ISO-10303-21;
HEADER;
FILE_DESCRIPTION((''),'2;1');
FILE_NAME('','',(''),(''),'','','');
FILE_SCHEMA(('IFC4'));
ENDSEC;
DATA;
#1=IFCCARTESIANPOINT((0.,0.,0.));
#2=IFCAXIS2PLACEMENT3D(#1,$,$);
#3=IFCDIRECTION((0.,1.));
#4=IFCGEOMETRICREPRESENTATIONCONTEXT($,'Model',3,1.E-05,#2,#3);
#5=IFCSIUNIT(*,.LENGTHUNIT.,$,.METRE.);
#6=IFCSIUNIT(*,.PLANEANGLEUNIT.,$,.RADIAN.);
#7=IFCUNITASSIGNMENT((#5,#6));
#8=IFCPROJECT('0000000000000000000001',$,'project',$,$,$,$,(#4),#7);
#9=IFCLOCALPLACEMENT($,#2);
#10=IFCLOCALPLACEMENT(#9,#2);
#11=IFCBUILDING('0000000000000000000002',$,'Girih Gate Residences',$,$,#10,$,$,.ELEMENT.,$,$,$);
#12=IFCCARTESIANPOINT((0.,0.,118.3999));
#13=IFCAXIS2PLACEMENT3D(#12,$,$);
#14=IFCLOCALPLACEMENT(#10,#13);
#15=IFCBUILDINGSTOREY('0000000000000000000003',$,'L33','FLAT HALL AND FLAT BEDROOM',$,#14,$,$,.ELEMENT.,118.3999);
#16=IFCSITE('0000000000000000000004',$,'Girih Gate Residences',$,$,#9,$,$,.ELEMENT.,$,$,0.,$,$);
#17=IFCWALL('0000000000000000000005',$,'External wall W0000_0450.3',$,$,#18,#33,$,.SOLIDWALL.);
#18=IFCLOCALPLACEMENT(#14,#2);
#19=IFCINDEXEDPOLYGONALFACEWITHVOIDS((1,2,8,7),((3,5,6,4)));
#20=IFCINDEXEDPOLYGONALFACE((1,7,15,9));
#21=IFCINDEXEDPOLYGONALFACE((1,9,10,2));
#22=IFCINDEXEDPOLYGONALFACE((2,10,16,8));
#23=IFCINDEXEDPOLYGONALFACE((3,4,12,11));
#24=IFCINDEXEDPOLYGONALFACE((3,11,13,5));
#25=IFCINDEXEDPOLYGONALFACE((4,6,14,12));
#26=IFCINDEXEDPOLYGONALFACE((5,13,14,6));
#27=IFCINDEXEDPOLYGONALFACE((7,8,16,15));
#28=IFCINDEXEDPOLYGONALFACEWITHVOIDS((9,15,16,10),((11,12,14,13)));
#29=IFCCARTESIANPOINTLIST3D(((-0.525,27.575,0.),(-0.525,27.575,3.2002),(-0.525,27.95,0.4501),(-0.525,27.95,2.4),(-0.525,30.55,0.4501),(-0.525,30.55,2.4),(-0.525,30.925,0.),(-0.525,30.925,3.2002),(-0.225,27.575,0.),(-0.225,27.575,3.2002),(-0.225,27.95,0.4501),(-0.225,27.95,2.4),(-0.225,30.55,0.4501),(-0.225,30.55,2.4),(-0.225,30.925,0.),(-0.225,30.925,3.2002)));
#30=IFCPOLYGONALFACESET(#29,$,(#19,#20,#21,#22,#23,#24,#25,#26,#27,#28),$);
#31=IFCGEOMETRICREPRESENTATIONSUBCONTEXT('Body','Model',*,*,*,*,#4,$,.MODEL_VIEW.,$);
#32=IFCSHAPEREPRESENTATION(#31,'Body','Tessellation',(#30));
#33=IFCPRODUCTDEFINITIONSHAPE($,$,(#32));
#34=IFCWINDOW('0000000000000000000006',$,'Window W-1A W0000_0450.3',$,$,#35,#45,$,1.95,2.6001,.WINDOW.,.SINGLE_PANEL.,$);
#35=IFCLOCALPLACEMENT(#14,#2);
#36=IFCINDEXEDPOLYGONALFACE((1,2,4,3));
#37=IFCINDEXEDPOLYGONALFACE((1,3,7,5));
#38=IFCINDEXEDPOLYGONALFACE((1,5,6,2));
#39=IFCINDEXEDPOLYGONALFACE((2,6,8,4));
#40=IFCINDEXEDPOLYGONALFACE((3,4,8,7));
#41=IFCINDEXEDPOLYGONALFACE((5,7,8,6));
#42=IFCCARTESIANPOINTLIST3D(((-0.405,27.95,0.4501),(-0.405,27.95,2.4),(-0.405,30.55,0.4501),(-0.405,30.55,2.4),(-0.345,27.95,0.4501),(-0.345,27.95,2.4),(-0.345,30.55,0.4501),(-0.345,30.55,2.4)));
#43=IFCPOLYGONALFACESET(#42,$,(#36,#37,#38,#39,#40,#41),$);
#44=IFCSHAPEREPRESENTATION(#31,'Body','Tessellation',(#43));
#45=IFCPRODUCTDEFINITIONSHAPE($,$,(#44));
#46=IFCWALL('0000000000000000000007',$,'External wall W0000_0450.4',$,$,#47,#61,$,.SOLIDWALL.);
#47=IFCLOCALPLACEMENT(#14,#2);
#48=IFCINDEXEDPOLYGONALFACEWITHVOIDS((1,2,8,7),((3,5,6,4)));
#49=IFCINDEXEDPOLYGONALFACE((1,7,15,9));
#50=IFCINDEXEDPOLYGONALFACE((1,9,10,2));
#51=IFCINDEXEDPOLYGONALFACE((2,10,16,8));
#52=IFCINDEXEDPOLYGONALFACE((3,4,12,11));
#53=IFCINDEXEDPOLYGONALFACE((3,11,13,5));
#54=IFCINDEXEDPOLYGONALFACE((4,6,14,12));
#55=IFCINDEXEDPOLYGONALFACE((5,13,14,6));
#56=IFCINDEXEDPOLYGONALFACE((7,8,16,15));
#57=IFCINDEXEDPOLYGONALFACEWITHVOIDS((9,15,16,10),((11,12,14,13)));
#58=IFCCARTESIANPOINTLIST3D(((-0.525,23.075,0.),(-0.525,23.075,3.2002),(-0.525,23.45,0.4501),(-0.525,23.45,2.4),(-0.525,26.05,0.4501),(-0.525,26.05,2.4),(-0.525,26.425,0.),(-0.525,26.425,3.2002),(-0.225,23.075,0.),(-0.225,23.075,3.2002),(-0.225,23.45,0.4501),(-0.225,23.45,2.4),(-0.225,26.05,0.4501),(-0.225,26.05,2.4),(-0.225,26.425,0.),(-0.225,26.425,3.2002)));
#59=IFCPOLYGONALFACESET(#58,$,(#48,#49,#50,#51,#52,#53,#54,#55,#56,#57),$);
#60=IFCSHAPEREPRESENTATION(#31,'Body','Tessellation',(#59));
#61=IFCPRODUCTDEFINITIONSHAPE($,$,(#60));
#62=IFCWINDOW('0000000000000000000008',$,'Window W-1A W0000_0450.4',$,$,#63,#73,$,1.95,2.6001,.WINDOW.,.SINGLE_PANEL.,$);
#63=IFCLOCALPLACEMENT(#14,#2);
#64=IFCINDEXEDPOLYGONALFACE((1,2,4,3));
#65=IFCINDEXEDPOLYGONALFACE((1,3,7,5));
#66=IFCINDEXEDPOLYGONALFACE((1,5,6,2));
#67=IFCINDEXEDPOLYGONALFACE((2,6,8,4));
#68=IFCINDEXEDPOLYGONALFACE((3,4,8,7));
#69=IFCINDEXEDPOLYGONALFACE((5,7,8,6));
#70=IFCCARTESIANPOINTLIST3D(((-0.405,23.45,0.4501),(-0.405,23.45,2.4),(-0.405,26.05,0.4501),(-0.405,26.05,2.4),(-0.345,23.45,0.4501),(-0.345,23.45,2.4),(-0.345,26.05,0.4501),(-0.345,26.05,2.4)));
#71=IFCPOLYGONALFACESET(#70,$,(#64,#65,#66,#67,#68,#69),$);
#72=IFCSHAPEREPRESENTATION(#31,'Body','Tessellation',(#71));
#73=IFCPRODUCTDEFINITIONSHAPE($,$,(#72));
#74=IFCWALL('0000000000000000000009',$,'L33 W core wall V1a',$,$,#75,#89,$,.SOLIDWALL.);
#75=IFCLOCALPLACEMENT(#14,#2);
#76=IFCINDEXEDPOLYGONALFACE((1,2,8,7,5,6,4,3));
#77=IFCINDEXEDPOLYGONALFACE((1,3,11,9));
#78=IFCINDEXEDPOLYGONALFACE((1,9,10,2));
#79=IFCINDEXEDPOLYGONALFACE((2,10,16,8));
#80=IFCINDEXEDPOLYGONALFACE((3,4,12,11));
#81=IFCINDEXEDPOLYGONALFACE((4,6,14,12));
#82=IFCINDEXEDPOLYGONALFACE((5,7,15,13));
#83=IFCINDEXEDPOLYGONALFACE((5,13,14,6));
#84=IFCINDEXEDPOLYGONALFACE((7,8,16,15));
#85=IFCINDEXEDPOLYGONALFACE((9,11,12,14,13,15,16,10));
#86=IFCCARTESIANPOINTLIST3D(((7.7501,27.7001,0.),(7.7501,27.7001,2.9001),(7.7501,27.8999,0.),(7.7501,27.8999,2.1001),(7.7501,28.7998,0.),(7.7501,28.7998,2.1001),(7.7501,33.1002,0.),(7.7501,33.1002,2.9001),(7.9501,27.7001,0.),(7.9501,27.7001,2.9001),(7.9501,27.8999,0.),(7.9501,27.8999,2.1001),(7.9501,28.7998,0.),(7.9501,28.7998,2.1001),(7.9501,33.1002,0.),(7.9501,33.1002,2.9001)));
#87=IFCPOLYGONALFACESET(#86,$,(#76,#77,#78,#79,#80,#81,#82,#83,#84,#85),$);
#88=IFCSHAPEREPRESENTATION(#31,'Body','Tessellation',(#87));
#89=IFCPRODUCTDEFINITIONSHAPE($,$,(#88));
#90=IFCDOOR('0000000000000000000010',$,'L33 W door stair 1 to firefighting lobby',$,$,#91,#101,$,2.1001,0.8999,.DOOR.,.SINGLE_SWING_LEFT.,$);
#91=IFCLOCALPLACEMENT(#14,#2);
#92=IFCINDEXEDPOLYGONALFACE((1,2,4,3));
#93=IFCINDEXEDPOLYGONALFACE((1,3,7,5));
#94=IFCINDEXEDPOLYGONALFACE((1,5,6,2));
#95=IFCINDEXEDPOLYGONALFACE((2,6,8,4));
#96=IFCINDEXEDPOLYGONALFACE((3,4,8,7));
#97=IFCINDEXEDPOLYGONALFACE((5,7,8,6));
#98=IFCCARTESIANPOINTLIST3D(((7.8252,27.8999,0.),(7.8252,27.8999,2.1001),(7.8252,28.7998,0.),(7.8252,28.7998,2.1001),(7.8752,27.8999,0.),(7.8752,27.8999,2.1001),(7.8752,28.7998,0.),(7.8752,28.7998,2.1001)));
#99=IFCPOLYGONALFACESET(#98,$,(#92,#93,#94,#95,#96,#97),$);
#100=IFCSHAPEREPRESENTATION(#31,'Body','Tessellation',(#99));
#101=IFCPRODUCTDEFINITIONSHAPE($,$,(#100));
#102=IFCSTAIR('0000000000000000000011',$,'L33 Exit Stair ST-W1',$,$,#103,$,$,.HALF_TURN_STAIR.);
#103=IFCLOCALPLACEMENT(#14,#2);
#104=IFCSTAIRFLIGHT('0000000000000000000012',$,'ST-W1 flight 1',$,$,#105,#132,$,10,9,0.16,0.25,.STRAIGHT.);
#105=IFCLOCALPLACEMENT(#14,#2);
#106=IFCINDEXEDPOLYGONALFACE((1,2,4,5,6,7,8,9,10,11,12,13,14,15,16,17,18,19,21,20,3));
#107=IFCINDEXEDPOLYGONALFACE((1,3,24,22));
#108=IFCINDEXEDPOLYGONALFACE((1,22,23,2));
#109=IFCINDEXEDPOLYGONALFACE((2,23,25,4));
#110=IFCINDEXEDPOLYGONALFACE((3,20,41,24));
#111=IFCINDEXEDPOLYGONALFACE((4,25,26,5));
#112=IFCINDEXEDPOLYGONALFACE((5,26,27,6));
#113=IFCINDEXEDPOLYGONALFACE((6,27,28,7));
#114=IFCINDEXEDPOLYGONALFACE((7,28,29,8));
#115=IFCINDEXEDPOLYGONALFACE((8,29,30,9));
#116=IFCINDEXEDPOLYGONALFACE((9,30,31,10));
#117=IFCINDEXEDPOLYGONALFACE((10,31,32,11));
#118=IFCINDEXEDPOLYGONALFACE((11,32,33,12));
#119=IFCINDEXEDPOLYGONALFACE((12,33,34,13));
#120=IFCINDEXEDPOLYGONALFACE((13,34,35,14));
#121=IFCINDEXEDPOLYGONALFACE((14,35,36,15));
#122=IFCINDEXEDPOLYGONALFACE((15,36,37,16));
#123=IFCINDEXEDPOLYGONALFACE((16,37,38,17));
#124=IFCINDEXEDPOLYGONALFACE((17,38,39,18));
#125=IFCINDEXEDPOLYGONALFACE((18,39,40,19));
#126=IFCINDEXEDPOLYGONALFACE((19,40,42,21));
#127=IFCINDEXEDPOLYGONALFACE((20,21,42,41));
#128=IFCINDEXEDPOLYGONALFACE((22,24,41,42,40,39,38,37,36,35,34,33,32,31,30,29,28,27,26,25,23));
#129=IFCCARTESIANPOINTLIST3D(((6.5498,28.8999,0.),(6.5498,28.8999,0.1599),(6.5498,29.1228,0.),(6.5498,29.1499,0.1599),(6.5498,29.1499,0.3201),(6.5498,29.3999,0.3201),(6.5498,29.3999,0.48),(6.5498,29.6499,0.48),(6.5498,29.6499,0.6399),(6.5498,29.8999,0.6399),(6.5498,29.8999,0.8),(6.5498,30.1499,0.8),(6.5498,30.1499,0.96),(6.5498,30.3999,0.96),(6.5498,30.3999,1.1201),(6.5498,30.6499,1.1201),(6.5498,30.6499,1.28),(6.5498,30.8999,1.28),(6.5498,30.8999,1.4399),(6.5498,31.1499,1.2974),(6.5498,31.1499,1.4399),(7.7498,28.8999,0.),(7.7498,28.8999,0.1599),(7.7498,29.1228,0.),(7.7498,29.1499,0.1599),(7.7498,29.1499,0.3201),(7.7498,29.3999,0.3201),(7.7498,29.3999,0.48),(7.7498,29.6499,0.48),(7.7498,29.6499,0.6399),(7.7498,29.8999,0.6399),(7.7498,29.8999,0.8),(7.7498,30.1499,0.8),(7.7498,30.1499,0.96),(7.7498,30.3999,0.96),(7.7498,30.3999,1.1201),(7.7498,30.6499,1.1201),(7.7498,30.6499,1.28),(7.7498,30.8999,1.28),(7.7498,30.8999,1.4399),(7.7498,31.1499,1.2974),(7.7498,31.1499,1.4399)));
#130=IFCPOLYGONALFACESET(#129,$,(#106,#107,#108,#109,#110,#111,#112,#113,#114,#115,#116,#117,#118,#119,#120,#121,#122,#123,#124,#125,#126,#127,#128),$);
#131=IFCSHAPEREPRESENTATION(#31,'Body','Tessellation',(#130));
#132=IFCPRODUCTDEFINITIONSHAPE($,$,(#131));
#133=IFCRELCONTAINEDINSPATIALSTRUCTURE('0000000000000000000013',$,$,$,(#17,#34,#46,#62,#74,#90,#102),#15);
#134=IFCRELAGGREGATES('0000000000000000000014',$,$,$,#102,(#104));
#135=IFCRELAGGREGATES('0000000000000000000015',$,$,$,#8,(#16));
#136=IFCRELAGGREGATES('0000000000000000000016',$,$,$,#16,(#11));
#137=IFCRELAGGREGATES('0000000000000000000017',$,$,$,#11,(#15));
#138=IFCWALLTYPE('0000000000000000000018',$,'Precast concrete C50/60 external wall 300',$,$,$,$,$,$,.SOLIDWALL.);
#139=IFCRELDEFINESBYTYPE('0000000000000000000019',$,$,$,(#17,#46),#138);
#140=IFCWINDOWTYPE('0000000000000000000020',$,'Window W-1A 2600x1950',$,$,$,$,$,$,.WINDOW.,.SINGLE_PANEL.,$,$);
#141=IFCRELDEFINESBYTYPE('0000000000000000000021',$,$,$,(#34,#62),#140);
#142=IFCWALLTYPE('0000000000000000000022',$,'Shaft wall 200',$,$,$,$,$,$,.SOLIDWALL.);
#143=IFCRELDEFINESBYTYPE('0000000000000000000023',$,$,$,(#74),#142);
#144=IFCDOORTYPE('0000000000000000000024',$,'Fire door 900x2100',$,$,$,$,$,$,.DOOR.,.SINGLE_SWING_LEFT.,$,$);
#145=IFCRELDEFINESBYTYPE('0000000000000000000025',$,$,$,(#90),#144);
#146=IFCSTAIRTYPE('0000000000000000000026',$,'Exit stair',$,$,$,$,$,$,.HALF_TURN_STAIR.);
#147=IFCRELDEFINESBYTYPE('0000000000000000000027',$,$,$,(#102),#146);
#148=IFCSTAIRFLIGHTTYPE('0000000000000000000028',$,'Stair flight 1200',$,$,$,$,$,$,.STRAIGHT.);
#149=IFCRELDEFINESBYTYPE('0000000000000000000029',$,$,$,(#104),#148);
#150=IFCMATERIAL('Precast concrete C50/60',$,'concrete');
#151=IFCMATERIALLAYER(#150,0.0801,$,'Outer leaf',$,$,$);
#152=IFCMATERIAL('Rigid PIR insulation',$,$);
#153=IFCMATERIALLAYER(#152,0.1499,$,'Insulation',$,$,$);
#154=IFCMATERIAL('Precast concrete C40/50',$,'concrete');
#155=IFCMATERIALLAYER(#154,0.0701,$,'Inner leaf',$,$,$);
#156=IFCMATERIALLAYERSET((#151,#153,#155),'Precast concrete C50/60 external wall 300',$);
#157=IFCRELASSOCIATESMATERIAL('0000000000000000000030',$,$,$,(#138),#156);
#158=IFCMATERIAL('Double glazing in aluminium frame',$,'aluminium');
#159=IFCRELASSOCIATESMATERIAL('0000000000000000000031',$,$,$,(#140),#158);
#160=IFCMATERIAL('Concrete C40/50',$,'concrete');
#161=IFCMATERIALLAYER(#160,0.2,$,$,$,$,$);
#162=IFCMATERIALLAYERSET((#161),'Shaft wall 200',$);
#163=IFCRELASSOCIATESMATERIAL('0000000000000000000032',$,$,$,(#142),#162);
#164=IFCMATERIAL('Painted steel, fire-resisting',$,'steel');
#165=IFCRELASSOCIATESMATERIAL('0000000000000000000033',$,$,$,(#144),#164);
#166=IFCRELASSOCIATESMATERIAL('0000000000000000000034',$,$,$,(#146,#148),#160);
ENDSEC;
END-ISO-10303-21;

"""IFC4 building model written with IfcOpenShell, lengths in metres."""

from ifc_helpers import new_model, si_unit, direction, frame, frame_2d, origin, place, context, subcontext, project, spatial, polyline, rectangle, outline, extrude, material, layer, layer_set, type_object, element, fill, aggregate, save


model = new_model("IFC4")

# Units and contexts
model_context = context("Model", 3, precision=1e-05, world=origin(), true_north=direction((0.0, 1.0)))
body_context = subcontext(model_context, "Body", "Model", "MODEL_VIEW")
ifc_project = project(units=[si_unit("LENGTHUNIT", "METRE"), si_unit("PLANEANGLEUNIT", "RADIAN")], contexts=[model_context])

# Site, building, storey
site_placement = place(None, origin())
site = spatial("IfcSite", under=ifc_project, at=site_placement, Name="Girih Gate Residences", CompositionType="ELEMENT", RefElevation=0.0)
building_placement = place(site_placement, origin())
building = spatial("IfcBuilding", under=site, at=building_placement, Name="Girih Gate Residences", CompositionType="ELEMENT")
storey_placement = place(building_placement, frame((0.0, 0.0, 118.3999)))
storey = spatial("IfcBuildingStorey", under=building, at=storey_placement, Name="L33", Description="FLAT HALL AND FLAT BEDROOM", CompositionType="ELEMENT", Elevation=118.3999)

# Shared definitions
ifc_material_1 = material(Name="Painted steel, fire-resisting", Category="steel")

# Walls, openings, windows
ifc_material_2 = material(Name="Precast concrete C50/60", Category="concrete")
ifc_layer_1 = layer(ifc_material_2, 0.0801, Name="Outer leaf")
ifc_material_3 = material(Name="Rigid PIR insulation")
ifc_layer_2 = layer(ifc_material_3, 0.1499, Name="Insulation")
ifc_material_4 = material(Name="Precast concrete C40/50", Category="concrete")
ifc_layer_3 = layer(ifc_material_4, 0.0701, Name="Inner leaf")
ifc_layer_set_1 = layer_set([ifc_layer_1, ifc_layer_2, ifc_layer_3], Name="Precast concrete C50/60 external wall 300")
wall_type_1 = type_object("IfcWallType", Name="Precast concrete C50/60 external wall 300", PredefinedType="SOLIDWALL", material=ifc_layer_set_1)
wall_1_placement = place(storey_placement, frame((-0.375, 27.575, 0.0), z_axis=(0.0, 0.0, 1.0), x_axis=(0.0, 1.0, 0.0)))
wall_1 = element("IfcWall", 1, at=wall_1_placement, inside=storey, type_object=wall_type_1, Name="External wall W0000_0450.3", PredefinedType="SOLIDWALL", context=body_context, shape_type="SweptSolid", body=[
    extrude(rectangle(XDim=3.3501, YDim=0.3, at=frame_2d((1.675, 0.0))), origin(), (0.0, 0.0, 1.0), 3.2002),
])
opening_1_placement = place(wall_1_placement, frame((0.375, 0.0, 0.45)))
opening_1 = element("IfcOpeningElement", 2, at=opening_1_placement, cuts=wall_1, PredefinedType="OPENING", context=body_context, shape_type="SweptSolid", body=[
    extrude(rectangle(XDim=2.6001, YDim=1.95, at=frame_2d((1.3, 0.9751))), frame((0.0, 0.1599, 0.0), z_axis=(0.0, -1.0, 0.0), x_axis=(1.0, 0.0, 0.0)), (0.0, 0.0, 1.0), 0.3201),
])
ifc_material_5 = material(Name="Double glazing in aluminium frame", Category="aluminium")
window_type = type_object("IfcWindowType", Name="Window W-1A 2600x1950", PartitioningType="SINGLE_PANEL", PredefinedType="WINDOW", material=ifc_material_5)
window_1_placement = place(opening_1_placement, origin())
window_1 = element("IfcWindow", 3, at=window_1_placement, inside=storey, type_object=window_type, Name="Window W-1A W0000_0450.3", OverallHeight=1.95, OverallWidth=2.6001, PartitioningType="SINGLE_PANEL", PredefinedType="WINDOW", context=body_context, shape_type="SweptSolid", body=[
    extrude(rectangle(XDim=2.6001, YDim=1.95, at=frame_2d((1.3, 0.9751))), frame((0.0, 0.03, 0.0), z_axis=(0.0, -1.0, 0.0), x_axis=(1.0, 0.0, 0.0)), (0.0, 0.0, 1.0), 0.0601),
])
fill(opening_1, window_1)
wall_2_placement = place(storey_placement, frame((-0.375, 23.075, 0.0), z_axis=(0.0, 0.0, 1.0), x_axis=(0.0, 1.0, 0.0)))
wall_2 = element("IfcWall", 4, at=wall_2_placement, inside=storey, type_object=wall_type_1, Name="External wall W0000_0450.4", PredefinedType="SOLIDWALL", context=body_context, shape_type="SweptSolid", body=[
    extrude(rectangle(XDim=3.3501, YDim=0.3, at=frame_2d((1.675, 0.0))), origin(), (0.0, 0.0, 1.0), 3.2002),
])
opening_2_placement = place(wall_2_placement, frame((0.375, 0.0, 0.45)))
opening_2 = element("IfcOpeningElement", 5, at=opening_2_placement, cuts=wall_2, PredefinedType="OPENING", context=body_context, shape_type="SweptSolid", body=[
    extrude(rectangle(XDim=2.6001, YDim=1.95, at=frame_2d((1.3, 0.9751))), frame((0.0, 0.1599, 0.0), z_axis=(0.0, -1.0, 0.0), x_axis=(1.0, 0.0, 0.0)), (0.0, 0.0, 1.0), 0.3201),
])
window_2_placement = place(opening_2_placement, origin())
window_2 = element("IfcWindow", 6, at=window_2_placement, inside=storey, type_object=window_type, Name="Window W-1A W0000_0450.4", OverallHeight=1.95, OverallWidth=2.6001, PartitioningType="SINGLE_PANEL", PredefinedType="WINDOW", context=body_context, shape_type="SweptSolid", body=[
    extrude(rectangle(XDim=2.6001, YDim=1.95, at=frame_2d((1.3, 0.9751))), frame((0.0, 0.03, 0.0), z_axis=(0.0, -1.0, 0.0), x_axis=(1.0, 0.0, 0.0)), (0.0, 0.0, 1.0), 0.0601),
])
fill(opening_2, window_2)

# Wall, opening, door
ifc_material_6 = material(Name="Concrete C40/50", Category="concrete")
ifc_layer_4 = layer(ifc_material_6, 0.2)
ifc_layer_set_2 = layer_set([ifc_layer_4], Name="Shaft wall 200")
wall_type_2 = type_object("IfcWallType", Name="Shaft wall 200", PredefinedType="SOLIDWALL", material=ifc_layer_set_2)
wall_3_placement = place(storey_placement, frame((7.8501, 27.7, 0.0), z_axis=(0.0, 0.0, 1.0), x_axis=(0.0, 1.0, 0.0)))
wall_3 = element("IfcWall", 7, at=wall_3_placement, inside=storey, type_object=wall_type_2, Name="L33 W core wall V1a", PredefinedType="SOLIDWALL", context=body_context, shape_type="SweptSolid", body=[
    extrude(rectangle(XDim=5.4001, YDim=0.2, at=frame_2d((2.7002, 0.0))), origin(), (0.0, 0.0, 1.0), 2.9001),
])
opening_3_placement = place(wall_3_placement, frame((0.2, 0.0, 0.0)))
opening_3 = element("IfcOpeningElement", 8, at=opening_3_placement, cuts=wall_3, PredefinedType="OPENING", context=body_context, shape_type="SweptSolid", body=[
    extrude(rectangle(XDim=0.8999, YDim=2.1001, at=frame_2d((0.45, 1.05))), frame((0.0, 0.1099, 0.0), z_axis=(0.0, -1.0, 0.0), x_axis=(1.0, 0.0, 0.0)), (0.0, 0.0, 1.0), 0.22),
])
door_type_1 = type_object("IfcDoorType", Name="Fire door 900x2100", OperationType="SINGLE_SWING_LEFT", PredefinedType="DOOR", material=ifc_material_1)
door_1_placement = place(opening_3_placement, origin())
door_1 = element("IfcDoor", 9, at=door_1_placement, inside=storey, type_object=door_type_1, Name="L33 W door stair 1 to firefighting lobby", OperationType="SINGLE_SWING_LEFT", OverallHeight=2.1001, OverallWidth=0.8999, PredefinedType="DOOR", context=body_context, shape_type="SweptSolid", body=[
    extrude(rectangle(XDim=0.8999, YDim=2.1001, at=frame_2d((0.45, 1.05))), frame((0.0, 0.0249, 0.0), z_axis=(0.0, -1.0, 0.0), x_axis=(1.0, 0.0, 0.0)), (0.0, 0.0, 1.0), 0.05),
])
fill(opening_3, door_1)

# Stair, stair flight
stair_type = type_object("IfcStairType", Name="Exit stair", PredefinedType="HALF_TURN_STAIR", material=ifc_material_6)
stair_placement = place(storey_placement, origin())
stair = element("IfcStair", 10, at=stair_placement, inside=storey, type_object=stair_type, Name="L33 Exit Stair ST-W1", PredefinedType="HALF_TURN_STAIR")
stair_flight_type = type_object("IfcStairFlightType", Name="Stair flight 1200", PredefinedType="STRAIGHT", material=ifc_material_6)
stair_flight_placement = place(storey_placement, frame((7.1499, 28.8999, 0.0), z_axis=(0.0, 0.0, 1.0), x_axis=(0.0, 1.0, 0.0)))
stair_flight = element("IfcStairFlight", 11, at=stair_flight_placement, type_object=stair_flight_type, Name="ST-W1 flight 1", NumberOfRisers=10, NumberOfTreads=9, PredefinedType="STRAIGHT", RiserHeight=0.16, TreadLength=0.25, context=body_context, shape_type="SweptSolid", body=[
    extrude(outline(polyline([(0.0, 0.0), (0.0, 0.1599), (0.25, 0.1599), (0.25, 0.3201), (0.5, 0.3201), (0.5, 0.48), (0.75, 0.48), (0.75, 0.6399), (1.0, 0.6399), (1.0, 0.8), (1.25, 0.8), (1.25, 0.96), (1.5, 0.96), (1.5, 1.1201), (1.75, 1.1201), (1.75, 1.28), (2.0, 1.28), (2.0, 1.4399), (2.25, 1.4399), (2.25, 1.6001), (2.25, 1.2974), (0.2229, 0.0), (0.0, 0.0)])), frame((0.0, 0.6001, 0.0), z_axis=(0.0, -1.0, 0.0), x_axis=(1.0, 0.0, 0.0)), (0.0, 0.0, 1.0), 1.2),
])
aggregate(stair, [stair_flight])

save(model, "model.ifc")
